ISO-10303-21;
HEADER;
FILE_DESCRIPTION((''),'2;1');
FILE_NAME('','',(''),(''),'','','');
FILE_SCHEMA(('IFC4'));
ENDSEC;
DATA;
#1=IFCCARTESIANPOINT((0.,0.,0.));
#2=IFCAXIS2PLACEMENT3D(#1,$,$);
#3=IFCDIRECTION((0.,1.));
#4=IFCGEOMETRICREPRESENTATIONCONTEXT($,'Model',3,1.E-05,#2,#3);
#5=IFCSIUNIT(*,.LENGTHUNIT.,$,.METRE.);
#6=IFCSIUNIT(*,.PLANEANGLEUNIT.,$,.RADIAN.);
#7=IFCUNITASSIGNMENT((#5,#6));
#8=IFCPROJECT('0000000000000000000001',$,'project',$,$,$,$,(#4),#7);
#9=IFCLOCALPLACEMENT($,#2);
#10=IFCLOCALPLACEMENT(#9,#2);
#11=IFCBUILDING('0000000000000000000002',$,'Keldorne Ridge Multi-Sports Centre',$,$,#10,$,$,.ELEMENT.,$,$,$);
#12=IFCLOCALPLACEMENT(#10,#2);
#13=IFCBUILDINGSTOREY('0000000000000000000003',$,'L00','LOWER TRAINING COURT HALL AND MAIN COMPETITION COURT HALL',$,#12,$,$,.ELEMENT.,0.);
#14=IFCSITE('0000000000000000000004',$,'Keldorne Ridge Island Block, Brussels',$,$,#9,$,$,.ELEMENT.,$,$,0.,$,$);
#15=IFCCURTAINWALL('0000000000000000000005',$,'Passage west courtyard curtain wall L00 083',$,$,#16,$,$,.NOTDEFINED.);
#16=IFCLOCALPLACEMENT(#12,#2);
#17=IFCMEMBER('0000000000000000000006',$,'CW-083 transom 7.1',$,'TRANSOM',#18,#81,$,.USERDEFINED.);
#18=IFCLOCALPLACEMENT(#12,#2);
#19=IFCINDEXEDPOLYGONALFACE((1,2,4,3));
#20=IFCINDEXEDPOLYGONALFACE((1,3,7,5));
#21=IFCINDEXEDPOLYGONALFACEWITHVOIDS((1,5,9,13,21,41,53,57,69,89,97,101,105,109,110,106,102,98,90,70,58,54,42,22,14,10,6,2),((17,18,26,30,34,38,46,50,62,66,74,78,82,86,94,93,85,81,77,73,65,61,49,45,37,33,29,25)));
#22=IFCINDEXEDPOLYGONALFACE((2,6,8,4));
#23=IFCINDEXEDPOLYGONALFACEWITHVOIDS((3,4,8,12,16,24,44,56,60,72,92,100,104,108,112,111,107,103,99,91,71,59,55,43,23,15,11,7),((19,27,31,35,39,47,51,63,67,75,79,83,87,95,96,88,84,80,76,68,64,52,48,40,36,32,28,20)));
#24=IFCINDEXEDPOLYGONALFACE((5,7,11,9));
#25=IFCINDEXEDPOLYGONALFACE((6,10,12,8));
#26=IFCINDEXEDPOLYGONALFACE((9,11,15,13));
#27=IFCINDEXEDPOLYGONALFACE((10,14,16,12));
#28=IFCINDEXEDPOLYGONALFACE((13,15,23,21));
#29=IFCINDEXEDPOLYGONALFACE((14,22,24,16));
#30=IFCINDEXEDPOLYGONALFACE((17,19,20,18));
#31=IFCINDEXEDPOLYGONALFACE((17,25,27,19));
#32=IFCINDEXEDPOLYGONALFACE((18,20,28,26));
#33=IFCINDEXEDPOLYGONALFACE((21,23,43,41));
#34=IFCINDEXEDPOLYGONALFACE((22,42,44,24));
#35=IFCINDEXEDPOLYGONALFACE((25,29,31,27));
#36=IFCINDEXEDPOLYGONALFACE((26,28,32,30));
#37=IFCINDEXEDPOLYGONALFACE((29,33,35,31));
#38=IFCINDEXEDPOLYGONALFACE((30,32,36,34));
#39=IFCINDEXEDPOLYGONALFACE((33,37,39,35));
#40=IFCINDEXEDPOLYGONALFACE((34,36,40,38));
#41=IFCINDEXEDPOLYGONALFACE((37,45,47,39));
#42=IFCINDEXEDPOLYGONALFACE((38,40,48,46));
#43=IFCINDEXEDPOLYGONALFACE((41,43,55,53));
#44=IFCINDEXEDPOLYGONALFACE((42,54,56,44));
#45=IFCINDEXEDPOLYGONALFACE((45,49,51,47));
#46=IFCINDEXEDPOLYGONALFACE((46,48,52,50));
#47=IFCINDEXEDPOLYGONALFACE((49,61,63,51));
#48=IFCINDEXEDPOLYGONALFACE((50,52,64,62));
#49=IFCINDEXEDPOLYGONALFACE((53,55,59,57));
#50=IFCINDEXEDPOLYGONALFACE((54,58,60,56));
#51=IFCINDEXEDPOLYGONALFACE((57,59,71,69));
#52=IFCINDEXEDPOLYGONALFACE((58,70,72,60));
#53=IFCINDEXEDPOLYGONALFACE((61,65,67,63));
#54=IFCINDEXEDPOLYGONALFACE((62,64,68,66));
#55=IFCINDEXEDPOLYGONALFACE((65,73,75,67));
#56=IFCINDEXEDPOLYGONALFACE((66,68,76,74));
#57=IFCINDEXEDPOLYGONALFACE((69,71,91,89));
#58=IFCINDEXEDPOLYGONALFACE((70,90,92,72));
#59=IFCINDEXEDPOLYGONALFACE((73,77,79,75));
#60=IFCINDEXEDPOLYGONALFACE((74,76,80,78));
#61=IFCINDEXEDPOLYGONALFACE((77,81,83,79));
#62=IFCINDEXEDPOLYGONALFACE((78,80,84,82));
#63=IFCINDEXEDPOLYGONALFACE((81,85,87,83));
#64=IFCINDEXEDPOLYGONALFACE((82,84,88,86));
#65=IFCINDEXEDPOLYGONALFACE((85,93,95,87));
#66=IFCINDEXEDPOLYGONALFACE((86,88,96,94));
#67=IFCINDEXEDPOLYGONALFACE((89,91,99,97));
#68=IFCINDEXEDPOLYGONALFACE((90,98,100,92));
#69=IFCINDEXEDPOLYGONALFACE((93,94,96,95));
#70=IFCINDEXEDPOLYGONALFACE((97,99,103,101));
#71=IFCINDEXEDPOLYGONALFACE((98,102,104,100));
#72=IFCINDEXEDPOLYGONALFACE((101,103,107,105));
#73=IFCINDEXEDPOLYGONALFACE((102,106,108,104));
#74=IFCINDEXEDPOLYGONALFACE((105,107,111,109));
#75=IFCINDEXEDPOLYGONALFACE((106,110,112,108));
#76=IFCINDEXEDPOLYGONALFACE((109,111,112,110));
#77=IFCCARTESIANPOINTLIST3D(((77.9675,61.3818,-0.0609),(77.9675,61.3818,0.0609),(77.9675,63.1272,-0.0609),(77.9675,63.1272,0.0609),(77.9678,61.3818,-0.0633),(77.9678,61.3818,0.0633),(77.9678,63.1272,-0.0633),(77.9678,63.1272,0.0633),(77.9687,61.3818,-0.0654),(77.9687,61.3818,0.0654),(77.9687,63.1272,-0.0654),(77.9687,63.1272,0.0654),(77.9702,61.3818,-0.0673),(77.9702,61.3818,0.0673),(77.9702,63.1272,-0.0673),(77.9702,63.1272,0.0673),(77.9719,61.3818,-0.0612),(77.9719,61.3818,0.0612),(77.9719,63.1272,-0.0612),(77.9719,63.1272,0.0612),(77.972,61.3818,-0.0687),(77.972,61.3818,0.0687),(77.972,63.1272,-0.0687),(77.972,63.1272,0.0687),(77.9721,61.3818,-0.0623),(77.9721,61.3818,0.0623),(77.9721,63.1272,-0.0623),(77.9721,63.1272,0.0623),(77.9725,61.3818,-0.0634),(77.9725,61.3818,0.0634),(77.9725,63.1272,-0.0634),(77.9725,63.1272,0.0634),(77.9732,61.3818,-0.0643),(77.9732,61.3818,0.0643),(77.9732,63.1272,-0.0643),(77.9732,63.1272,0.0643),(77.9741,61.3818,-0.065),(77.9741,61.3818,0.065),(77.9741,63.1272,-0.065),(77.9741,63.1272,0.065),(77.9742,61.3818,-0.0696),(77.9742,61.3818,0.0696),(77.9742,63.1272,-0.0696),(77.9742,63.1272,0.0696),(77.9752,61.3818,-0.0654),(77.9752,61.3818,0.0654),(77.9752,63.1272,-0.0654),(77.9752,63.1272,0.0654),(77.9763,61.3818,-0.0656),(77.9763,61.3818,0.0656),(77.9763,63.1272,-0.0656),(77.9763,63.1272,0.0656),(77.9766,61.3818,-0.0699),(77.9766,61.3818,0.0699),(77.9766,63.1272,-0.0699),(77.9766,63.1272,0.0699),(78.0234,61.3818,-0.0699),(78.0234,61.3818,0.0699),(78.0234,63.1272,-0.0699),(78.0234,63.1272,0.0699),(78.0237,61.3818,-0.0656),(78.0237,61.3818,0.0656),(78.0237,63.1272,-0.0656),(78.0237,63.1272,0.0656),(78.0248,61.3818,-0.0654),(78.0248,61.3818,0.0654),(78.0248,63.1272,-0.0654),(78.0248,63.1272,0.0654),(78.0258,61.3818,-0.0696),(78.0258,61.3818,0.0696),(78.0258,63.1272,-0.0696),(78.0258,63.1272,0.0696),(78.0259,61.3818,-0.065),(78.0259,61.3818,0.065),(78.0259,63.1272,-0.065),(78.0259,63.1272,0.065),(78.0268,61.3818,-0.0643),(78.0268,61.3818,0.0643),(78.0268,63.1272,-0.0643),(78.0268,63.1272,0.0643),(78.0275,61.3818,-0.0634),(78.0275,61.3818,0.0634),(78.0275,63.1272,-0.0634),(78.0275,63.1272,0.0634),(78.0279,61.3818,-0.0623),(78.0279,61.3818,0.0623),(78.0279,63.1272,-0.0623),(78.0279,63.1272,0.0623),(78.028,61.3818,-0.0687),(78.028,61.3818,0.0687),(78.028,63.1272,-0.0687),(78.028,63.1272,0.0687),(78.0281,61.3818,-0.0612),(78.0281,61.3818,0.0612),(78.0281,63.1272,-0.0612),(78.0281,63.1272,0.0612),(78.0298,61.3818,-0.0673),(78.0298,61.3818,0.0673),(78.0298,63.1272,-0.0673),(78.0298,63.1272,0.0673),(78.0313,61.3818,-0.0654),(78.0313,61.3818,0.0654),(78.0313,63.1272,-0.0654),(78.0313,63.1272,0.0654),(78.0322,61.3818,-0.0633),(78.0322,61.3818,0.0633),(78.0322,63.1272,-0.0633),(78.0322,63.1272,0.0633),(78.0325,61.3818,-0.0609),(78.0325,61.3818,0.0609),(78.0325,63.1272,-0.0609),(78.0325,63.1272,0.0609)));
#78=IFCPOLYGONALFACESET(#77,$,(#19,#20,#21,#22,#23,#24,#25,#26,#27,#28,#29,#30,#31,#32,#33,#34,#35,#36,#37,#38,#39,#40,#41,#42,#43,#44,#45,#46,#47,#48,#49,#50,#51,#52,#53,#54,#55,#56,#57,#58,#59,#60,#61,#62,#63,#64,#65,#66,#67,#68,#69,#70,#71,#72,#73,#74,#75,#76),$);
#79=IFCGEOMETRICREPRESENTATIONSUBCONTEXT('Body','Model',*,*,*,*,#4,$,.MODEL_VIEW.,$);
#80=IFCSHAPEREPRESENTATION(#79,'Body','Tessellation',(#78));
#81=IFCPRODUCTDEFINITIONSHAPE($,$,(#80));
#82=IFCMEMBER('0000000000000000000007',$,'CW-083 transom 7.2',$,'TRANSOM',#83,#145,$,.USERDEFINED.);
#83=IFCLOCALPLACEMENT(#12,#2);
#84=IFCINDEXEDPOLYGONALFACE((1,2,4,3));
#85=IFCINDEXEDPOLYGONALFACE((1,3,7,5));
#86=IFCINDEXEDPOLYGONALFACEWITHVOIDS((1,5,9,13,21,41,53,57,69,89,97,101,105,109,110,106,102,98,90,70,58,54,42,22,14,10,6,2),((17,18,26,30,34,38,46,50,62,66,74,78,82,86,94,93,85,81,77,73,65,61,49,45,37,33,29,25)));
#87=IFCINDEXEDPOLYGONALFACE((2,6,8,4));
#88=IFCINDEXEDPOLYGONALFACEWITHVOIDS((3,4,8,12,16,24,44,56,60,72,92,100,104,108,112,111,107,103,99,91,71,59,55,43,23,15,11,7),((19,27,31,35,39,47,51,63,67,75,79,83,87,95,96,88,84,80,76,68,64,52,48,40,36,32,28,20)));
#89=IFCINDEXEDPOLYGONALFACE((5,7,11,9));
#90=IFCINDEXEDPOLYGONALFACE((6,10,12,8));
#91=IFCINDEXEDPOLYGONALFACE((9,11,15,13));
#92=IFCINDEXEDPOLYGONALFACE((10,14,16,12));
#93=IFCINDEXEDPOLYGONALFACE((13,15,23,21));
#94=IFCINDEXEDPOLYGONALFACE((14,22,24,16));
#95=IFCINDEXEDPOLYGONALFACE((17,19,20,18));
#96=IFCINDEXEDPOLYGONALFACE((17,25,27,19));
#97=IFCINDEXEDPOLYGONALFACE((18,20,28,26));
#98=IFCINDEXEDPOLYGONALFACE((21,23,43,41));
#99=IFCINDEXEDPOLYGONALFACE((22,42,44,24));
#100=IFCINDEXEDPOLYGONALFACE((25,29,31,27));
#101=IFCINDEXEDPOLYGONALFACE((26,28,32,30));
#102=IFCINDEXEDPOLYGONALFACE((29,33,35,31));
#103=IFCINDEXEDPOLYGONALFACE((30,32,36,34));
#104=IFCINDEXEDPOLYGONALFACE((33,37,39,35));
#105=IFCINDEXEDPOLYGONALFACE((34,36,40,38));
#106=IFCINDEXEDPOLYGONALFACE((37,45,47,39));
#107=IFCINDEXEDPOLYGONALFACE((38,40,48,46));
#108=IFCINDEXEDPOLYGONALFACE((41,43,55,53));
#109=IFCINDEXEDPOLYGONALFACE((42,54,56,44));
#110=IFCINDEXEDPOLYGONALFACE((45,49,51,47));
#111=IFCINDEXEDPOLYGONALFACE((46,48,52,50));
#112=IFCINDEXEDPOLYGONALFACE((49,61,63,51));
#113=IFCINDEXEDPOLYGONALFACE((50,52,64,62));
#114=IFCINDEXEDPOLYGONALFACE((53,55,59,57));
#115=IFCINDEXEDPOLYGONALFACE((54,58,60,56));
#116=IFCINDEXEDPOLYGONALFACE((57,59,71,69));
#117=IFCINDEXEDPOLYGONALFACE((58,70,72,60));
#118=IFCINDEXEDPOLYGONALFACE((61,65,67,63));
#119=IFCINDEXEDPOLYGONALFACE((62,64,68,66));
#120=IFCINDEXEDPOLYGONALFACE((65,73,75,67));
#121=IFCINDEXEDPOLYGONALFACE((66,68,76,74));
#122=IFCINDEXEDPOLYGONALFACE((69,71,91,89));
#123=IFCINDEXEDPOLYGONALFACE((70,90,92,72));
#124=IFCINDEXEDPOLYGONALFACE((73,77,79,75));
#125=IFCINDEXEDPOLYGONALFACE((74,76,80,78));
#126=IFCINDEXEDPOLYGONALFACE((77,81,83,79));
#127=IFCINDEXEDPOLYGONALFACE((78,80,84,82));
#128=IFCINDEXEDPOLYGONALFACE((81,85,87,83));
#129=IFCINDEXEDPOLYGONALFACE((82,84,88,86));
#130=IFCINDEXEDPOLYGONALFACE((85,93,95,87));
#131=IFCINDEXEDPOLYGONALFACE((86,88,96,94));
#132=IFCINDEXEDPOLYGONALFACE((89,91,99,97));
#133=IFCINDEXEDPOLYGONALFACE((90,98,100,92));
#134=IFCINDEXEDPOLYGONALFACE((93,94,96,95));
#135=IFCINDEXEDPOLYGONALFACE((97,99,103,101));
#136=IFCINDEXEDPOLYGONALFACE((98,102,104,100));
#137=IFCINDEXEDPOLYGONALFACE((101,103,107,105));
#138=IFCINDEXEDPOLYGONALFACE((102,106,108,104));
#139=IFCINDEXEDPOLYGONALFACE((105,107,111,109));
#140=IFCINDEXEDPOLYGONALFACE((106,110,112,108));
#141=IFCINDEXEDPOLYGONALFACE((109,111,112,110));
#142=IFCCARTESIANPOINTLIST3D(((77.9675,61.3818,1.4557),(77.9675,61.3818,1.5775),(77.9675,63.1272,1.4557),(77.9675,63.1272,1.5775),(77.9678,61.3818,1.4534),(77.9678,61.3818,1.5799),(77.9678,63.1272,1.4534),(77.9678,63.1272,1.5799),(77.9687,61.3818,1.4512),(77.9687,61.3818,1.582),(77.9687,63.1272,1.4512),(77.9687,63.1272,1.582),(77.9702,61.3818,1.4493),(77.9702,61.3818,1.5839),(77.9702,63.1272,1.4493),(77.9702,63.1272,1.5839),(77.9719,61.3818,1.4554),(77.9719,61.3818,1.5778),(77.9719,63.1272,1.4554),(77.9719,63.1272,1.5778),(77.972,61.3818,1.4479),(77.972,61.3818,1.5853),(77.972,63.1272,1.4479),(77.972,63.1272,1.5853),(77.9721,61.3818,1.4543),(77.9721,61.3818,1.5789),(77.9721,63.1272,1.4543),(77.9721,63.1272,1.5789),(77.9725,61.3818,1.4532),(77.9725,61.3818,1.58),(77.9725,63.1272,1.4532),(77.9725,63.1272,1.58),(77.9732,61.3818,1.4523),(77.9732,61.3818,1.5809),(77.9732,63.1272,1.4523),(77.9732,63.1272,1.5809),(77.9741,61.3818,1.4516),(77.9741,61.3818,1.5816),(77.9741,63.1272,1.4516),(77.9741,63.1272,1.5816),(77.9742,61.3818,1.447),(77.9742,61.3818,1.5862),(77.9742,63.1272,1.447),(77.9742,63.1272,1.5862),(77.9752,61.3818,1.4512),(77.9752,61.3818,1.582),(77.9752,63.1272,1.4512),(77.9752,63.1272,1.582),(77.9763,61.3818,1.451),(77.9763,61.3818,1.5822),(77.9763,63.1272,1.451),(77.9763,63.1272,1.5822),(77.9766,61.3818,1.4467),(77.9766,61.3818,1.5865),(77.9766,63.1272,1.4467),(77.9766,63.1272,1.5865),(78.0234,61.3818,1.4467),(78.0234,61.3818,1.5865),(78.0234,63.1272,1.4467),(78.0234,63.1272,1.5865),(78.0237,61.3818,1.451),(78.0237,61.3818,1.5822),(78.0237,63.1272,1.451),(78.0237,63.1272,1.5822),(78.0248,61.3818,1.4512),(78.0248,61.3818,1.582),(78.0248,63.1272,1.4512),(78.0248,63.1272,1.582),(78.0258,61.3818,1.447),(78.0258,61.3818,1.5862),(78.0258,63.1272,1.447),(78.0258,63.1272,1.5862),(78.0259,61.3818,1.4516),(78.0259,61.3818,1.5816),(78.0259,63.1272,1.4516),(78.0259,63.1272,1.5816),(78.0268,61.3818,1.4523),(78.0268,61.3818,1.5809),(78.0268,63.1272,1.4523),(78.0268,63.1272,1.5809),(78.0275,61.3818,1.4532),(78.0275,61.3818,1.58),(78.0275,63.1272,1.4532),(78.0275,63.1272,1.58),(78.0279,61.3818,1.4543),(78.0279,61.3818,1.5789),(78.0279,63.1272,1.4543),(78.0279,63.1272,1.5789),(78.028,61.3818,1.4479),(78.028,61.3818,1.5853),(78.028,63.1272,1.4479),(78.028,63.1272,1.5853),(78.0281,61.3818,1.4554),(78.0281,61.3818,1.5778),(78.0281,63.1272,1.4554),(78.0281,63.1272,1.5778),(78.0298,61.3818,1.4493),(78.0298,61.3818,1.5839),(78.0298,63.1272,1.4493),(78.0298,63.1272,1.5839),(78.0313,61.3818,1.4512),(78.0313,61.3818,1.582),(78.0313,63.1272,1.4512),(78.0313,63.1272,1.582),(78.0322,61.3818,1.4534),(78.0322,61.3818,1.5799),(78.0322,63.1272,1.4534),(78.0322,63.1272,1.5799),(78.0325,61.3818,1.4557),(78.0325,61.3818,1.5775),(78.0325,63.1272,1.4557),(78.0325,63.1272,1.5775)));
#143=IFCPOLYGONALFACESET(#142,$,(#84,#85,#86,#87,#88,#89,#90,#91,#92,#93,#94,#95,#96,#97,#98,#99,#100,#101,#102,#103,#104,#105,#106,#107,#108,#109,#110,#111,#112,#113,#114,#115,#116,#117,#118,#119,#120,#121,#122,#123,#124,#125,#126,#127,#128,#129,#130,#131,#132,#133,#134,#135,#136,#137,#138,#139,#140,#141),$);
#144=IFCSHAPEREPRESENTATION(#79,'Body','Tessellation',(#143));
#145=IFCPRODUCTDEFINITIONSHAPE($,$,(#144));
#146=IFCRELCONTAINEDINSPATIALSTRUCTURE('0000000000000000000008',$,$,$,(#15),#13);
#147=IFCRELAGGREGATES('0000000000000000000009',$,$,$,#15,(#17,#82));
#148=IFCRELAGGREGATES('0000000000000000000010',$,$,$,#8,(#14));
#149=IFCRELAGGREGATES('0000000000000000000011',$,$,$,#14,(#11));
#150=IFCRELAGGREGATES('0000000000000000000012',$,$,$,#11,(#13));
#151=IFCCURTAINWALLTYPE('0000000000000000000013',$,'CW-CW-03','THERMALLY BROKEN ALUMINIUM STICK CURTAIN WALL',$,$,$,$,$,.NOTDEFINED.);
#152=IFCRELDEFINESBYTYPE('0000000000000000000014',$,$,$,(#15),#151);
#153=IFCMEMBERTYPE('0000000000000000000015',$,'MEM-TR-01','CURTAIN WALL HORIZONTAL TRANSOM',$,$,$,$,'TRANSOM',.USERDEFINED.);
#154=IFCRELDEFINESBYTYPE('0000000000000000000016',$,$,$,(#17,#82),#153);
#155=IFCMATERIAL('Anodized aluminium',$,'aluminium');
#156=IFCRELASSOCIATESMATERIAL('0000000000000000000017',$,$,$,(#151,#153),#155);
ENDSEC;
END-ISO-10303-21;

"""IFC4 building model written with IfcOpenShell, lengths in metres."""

from ifc_helpers import new_model, si_unit, direction, frame, origin, origin_2d, place, context, subcontext, project, spatial, hollow_rectangle, extrude, material, material_profile, profile_set, type_object, element, aggregate, save


model = new_model("IFC4")

# Units and contexts
model_context = context("Model", 3, precision=1e-05, world=origin(), true_north=direction((0.0, 1.0)))
body_context = subcontext(model_context, "Body", "Model", "MODEL_VIEW")
ifc_project = project(units=[si_unit("LENGTHUNIT", "METRE"), si_unit("PLANEANGLEUNIT", "RADIAN")], contexts=[model_context])

# Site, building, storey
site_placement = place(None, origin())
site = spatial("IfcSite", under=ifc_project, at=site_placement, Name="Keldorne Ridge Island Block, Brussels", CompositionType="ELEMENT", RefElevation=0.0)
building_placement = place(site_placement, origin())
building = spatial("IfcBuilding", under=site, at=building_placement, Name="Keldorne Ridge Multi-Sports Centre", CompositionType="ELEMENT")
storey_placement = place(building_placement, origin())
storey = spatial("IfcBuildingStorey", under=building, at=storey_placement, Name="L00", Description="LOWER TRAINING COURT HALL AND MAIN COMPETITION COURT HALL", CompositionType="ELEMENT", Elevation=0.0)

# Curtain wall, members
ifc_material_1 = material(Name="Anodized aluminium", Category="aluminium")
curtain_wall_type = type_object("IfcCurtainWallType", Name="CW-CW-03", Description="THERMALLY BROKEN ALUMINIUM STICK CURTAIN WALL", PredefinedType="NOTDEFINED", material=ifc_material_1)
curtain_wall_placement = place(storey_placement, origin())
curtain_wall = element("IfcCurtainWall", 1, at=curtain_wall_placement, inside=storey, type_object=curtain_wall_type, Name="Passage west courtyard curtain wall L00 083", PredefinedType="NOTDEFINED")
ifc_material_profile_1 = material_profile(ifc_material_1, hollow_rectangle(XDim=0.0649, YDim=0.1399, WallThickness=0.0044, InnerFilletRadius=0.0044, OuterFilletRadius=0.009, at=origin_2d()), Name="ALU TRANSOM 140x65x4.5")
ifc_profile_set_1 = profile_set([ifc_material_profile_1], Name="Anodized aluminium")
member_type_1 = type_object("IfcMemberType", Name="MEM-TR-01", Description="CURTAIN WALL HORIZONTAL TRANSOM", ElementType="TRANSOM", PredefinedType="USERDEFINED", material=ifc_profile_set_1)
member_1_placement = place(storey_placement, frame((78.0, 63.1272, 0.0), z_axis=(0.0, -1.0, 0.0), x_axis=(1.0, 0.0, 0.0)))
member_1 = element("IfcMember", 2, at=member_1_placement, type_object=member_type_1, Name="CW-083 transom 7.1", ObjectType="TRANSOM", PredefinedType="USERDEFINED", context=body_context, shape_type="SweptSolid", body=[
    extrude(hollow_rectangle(XDim=0.0649, YDim=0.1399, WallThickness=0.0044, InnerFilletRadius=0.0044, OuterFilletRadius=0.009, at=origin_2d()), origin(), (0.0, 0.0, 1.0), 1.7454),
])
member_2_placement = place(storey_placement, frame((78.0, 63.1272, 1.5166), z_axis=(0.0, -1.0, 0.0), x_axis=(1.0, 0.0, 0.0)))
member_2 = element("IfcMember", 3, at=member_2_placement, type_object=member_type_1, Name="CW-083 transom 7.2", ObjectType="TRANSOM", PredefinedType="USERDEFINED", context=body_context, shape_type="SweptSolid", body=[
    extrude(hollow_rectangle(XDim=0.0649, YDim=0.1399, WallThickness=0.0044, InnerFilletRadius=0.0044, OuterFilletRadius=0.009, at=origin_2d()), origin(), (0.0, 0.0, 1.0), 1.7454),
])
aggregate(curtain_wall, [member_1, member_2])

save(model, "model.ifc")
